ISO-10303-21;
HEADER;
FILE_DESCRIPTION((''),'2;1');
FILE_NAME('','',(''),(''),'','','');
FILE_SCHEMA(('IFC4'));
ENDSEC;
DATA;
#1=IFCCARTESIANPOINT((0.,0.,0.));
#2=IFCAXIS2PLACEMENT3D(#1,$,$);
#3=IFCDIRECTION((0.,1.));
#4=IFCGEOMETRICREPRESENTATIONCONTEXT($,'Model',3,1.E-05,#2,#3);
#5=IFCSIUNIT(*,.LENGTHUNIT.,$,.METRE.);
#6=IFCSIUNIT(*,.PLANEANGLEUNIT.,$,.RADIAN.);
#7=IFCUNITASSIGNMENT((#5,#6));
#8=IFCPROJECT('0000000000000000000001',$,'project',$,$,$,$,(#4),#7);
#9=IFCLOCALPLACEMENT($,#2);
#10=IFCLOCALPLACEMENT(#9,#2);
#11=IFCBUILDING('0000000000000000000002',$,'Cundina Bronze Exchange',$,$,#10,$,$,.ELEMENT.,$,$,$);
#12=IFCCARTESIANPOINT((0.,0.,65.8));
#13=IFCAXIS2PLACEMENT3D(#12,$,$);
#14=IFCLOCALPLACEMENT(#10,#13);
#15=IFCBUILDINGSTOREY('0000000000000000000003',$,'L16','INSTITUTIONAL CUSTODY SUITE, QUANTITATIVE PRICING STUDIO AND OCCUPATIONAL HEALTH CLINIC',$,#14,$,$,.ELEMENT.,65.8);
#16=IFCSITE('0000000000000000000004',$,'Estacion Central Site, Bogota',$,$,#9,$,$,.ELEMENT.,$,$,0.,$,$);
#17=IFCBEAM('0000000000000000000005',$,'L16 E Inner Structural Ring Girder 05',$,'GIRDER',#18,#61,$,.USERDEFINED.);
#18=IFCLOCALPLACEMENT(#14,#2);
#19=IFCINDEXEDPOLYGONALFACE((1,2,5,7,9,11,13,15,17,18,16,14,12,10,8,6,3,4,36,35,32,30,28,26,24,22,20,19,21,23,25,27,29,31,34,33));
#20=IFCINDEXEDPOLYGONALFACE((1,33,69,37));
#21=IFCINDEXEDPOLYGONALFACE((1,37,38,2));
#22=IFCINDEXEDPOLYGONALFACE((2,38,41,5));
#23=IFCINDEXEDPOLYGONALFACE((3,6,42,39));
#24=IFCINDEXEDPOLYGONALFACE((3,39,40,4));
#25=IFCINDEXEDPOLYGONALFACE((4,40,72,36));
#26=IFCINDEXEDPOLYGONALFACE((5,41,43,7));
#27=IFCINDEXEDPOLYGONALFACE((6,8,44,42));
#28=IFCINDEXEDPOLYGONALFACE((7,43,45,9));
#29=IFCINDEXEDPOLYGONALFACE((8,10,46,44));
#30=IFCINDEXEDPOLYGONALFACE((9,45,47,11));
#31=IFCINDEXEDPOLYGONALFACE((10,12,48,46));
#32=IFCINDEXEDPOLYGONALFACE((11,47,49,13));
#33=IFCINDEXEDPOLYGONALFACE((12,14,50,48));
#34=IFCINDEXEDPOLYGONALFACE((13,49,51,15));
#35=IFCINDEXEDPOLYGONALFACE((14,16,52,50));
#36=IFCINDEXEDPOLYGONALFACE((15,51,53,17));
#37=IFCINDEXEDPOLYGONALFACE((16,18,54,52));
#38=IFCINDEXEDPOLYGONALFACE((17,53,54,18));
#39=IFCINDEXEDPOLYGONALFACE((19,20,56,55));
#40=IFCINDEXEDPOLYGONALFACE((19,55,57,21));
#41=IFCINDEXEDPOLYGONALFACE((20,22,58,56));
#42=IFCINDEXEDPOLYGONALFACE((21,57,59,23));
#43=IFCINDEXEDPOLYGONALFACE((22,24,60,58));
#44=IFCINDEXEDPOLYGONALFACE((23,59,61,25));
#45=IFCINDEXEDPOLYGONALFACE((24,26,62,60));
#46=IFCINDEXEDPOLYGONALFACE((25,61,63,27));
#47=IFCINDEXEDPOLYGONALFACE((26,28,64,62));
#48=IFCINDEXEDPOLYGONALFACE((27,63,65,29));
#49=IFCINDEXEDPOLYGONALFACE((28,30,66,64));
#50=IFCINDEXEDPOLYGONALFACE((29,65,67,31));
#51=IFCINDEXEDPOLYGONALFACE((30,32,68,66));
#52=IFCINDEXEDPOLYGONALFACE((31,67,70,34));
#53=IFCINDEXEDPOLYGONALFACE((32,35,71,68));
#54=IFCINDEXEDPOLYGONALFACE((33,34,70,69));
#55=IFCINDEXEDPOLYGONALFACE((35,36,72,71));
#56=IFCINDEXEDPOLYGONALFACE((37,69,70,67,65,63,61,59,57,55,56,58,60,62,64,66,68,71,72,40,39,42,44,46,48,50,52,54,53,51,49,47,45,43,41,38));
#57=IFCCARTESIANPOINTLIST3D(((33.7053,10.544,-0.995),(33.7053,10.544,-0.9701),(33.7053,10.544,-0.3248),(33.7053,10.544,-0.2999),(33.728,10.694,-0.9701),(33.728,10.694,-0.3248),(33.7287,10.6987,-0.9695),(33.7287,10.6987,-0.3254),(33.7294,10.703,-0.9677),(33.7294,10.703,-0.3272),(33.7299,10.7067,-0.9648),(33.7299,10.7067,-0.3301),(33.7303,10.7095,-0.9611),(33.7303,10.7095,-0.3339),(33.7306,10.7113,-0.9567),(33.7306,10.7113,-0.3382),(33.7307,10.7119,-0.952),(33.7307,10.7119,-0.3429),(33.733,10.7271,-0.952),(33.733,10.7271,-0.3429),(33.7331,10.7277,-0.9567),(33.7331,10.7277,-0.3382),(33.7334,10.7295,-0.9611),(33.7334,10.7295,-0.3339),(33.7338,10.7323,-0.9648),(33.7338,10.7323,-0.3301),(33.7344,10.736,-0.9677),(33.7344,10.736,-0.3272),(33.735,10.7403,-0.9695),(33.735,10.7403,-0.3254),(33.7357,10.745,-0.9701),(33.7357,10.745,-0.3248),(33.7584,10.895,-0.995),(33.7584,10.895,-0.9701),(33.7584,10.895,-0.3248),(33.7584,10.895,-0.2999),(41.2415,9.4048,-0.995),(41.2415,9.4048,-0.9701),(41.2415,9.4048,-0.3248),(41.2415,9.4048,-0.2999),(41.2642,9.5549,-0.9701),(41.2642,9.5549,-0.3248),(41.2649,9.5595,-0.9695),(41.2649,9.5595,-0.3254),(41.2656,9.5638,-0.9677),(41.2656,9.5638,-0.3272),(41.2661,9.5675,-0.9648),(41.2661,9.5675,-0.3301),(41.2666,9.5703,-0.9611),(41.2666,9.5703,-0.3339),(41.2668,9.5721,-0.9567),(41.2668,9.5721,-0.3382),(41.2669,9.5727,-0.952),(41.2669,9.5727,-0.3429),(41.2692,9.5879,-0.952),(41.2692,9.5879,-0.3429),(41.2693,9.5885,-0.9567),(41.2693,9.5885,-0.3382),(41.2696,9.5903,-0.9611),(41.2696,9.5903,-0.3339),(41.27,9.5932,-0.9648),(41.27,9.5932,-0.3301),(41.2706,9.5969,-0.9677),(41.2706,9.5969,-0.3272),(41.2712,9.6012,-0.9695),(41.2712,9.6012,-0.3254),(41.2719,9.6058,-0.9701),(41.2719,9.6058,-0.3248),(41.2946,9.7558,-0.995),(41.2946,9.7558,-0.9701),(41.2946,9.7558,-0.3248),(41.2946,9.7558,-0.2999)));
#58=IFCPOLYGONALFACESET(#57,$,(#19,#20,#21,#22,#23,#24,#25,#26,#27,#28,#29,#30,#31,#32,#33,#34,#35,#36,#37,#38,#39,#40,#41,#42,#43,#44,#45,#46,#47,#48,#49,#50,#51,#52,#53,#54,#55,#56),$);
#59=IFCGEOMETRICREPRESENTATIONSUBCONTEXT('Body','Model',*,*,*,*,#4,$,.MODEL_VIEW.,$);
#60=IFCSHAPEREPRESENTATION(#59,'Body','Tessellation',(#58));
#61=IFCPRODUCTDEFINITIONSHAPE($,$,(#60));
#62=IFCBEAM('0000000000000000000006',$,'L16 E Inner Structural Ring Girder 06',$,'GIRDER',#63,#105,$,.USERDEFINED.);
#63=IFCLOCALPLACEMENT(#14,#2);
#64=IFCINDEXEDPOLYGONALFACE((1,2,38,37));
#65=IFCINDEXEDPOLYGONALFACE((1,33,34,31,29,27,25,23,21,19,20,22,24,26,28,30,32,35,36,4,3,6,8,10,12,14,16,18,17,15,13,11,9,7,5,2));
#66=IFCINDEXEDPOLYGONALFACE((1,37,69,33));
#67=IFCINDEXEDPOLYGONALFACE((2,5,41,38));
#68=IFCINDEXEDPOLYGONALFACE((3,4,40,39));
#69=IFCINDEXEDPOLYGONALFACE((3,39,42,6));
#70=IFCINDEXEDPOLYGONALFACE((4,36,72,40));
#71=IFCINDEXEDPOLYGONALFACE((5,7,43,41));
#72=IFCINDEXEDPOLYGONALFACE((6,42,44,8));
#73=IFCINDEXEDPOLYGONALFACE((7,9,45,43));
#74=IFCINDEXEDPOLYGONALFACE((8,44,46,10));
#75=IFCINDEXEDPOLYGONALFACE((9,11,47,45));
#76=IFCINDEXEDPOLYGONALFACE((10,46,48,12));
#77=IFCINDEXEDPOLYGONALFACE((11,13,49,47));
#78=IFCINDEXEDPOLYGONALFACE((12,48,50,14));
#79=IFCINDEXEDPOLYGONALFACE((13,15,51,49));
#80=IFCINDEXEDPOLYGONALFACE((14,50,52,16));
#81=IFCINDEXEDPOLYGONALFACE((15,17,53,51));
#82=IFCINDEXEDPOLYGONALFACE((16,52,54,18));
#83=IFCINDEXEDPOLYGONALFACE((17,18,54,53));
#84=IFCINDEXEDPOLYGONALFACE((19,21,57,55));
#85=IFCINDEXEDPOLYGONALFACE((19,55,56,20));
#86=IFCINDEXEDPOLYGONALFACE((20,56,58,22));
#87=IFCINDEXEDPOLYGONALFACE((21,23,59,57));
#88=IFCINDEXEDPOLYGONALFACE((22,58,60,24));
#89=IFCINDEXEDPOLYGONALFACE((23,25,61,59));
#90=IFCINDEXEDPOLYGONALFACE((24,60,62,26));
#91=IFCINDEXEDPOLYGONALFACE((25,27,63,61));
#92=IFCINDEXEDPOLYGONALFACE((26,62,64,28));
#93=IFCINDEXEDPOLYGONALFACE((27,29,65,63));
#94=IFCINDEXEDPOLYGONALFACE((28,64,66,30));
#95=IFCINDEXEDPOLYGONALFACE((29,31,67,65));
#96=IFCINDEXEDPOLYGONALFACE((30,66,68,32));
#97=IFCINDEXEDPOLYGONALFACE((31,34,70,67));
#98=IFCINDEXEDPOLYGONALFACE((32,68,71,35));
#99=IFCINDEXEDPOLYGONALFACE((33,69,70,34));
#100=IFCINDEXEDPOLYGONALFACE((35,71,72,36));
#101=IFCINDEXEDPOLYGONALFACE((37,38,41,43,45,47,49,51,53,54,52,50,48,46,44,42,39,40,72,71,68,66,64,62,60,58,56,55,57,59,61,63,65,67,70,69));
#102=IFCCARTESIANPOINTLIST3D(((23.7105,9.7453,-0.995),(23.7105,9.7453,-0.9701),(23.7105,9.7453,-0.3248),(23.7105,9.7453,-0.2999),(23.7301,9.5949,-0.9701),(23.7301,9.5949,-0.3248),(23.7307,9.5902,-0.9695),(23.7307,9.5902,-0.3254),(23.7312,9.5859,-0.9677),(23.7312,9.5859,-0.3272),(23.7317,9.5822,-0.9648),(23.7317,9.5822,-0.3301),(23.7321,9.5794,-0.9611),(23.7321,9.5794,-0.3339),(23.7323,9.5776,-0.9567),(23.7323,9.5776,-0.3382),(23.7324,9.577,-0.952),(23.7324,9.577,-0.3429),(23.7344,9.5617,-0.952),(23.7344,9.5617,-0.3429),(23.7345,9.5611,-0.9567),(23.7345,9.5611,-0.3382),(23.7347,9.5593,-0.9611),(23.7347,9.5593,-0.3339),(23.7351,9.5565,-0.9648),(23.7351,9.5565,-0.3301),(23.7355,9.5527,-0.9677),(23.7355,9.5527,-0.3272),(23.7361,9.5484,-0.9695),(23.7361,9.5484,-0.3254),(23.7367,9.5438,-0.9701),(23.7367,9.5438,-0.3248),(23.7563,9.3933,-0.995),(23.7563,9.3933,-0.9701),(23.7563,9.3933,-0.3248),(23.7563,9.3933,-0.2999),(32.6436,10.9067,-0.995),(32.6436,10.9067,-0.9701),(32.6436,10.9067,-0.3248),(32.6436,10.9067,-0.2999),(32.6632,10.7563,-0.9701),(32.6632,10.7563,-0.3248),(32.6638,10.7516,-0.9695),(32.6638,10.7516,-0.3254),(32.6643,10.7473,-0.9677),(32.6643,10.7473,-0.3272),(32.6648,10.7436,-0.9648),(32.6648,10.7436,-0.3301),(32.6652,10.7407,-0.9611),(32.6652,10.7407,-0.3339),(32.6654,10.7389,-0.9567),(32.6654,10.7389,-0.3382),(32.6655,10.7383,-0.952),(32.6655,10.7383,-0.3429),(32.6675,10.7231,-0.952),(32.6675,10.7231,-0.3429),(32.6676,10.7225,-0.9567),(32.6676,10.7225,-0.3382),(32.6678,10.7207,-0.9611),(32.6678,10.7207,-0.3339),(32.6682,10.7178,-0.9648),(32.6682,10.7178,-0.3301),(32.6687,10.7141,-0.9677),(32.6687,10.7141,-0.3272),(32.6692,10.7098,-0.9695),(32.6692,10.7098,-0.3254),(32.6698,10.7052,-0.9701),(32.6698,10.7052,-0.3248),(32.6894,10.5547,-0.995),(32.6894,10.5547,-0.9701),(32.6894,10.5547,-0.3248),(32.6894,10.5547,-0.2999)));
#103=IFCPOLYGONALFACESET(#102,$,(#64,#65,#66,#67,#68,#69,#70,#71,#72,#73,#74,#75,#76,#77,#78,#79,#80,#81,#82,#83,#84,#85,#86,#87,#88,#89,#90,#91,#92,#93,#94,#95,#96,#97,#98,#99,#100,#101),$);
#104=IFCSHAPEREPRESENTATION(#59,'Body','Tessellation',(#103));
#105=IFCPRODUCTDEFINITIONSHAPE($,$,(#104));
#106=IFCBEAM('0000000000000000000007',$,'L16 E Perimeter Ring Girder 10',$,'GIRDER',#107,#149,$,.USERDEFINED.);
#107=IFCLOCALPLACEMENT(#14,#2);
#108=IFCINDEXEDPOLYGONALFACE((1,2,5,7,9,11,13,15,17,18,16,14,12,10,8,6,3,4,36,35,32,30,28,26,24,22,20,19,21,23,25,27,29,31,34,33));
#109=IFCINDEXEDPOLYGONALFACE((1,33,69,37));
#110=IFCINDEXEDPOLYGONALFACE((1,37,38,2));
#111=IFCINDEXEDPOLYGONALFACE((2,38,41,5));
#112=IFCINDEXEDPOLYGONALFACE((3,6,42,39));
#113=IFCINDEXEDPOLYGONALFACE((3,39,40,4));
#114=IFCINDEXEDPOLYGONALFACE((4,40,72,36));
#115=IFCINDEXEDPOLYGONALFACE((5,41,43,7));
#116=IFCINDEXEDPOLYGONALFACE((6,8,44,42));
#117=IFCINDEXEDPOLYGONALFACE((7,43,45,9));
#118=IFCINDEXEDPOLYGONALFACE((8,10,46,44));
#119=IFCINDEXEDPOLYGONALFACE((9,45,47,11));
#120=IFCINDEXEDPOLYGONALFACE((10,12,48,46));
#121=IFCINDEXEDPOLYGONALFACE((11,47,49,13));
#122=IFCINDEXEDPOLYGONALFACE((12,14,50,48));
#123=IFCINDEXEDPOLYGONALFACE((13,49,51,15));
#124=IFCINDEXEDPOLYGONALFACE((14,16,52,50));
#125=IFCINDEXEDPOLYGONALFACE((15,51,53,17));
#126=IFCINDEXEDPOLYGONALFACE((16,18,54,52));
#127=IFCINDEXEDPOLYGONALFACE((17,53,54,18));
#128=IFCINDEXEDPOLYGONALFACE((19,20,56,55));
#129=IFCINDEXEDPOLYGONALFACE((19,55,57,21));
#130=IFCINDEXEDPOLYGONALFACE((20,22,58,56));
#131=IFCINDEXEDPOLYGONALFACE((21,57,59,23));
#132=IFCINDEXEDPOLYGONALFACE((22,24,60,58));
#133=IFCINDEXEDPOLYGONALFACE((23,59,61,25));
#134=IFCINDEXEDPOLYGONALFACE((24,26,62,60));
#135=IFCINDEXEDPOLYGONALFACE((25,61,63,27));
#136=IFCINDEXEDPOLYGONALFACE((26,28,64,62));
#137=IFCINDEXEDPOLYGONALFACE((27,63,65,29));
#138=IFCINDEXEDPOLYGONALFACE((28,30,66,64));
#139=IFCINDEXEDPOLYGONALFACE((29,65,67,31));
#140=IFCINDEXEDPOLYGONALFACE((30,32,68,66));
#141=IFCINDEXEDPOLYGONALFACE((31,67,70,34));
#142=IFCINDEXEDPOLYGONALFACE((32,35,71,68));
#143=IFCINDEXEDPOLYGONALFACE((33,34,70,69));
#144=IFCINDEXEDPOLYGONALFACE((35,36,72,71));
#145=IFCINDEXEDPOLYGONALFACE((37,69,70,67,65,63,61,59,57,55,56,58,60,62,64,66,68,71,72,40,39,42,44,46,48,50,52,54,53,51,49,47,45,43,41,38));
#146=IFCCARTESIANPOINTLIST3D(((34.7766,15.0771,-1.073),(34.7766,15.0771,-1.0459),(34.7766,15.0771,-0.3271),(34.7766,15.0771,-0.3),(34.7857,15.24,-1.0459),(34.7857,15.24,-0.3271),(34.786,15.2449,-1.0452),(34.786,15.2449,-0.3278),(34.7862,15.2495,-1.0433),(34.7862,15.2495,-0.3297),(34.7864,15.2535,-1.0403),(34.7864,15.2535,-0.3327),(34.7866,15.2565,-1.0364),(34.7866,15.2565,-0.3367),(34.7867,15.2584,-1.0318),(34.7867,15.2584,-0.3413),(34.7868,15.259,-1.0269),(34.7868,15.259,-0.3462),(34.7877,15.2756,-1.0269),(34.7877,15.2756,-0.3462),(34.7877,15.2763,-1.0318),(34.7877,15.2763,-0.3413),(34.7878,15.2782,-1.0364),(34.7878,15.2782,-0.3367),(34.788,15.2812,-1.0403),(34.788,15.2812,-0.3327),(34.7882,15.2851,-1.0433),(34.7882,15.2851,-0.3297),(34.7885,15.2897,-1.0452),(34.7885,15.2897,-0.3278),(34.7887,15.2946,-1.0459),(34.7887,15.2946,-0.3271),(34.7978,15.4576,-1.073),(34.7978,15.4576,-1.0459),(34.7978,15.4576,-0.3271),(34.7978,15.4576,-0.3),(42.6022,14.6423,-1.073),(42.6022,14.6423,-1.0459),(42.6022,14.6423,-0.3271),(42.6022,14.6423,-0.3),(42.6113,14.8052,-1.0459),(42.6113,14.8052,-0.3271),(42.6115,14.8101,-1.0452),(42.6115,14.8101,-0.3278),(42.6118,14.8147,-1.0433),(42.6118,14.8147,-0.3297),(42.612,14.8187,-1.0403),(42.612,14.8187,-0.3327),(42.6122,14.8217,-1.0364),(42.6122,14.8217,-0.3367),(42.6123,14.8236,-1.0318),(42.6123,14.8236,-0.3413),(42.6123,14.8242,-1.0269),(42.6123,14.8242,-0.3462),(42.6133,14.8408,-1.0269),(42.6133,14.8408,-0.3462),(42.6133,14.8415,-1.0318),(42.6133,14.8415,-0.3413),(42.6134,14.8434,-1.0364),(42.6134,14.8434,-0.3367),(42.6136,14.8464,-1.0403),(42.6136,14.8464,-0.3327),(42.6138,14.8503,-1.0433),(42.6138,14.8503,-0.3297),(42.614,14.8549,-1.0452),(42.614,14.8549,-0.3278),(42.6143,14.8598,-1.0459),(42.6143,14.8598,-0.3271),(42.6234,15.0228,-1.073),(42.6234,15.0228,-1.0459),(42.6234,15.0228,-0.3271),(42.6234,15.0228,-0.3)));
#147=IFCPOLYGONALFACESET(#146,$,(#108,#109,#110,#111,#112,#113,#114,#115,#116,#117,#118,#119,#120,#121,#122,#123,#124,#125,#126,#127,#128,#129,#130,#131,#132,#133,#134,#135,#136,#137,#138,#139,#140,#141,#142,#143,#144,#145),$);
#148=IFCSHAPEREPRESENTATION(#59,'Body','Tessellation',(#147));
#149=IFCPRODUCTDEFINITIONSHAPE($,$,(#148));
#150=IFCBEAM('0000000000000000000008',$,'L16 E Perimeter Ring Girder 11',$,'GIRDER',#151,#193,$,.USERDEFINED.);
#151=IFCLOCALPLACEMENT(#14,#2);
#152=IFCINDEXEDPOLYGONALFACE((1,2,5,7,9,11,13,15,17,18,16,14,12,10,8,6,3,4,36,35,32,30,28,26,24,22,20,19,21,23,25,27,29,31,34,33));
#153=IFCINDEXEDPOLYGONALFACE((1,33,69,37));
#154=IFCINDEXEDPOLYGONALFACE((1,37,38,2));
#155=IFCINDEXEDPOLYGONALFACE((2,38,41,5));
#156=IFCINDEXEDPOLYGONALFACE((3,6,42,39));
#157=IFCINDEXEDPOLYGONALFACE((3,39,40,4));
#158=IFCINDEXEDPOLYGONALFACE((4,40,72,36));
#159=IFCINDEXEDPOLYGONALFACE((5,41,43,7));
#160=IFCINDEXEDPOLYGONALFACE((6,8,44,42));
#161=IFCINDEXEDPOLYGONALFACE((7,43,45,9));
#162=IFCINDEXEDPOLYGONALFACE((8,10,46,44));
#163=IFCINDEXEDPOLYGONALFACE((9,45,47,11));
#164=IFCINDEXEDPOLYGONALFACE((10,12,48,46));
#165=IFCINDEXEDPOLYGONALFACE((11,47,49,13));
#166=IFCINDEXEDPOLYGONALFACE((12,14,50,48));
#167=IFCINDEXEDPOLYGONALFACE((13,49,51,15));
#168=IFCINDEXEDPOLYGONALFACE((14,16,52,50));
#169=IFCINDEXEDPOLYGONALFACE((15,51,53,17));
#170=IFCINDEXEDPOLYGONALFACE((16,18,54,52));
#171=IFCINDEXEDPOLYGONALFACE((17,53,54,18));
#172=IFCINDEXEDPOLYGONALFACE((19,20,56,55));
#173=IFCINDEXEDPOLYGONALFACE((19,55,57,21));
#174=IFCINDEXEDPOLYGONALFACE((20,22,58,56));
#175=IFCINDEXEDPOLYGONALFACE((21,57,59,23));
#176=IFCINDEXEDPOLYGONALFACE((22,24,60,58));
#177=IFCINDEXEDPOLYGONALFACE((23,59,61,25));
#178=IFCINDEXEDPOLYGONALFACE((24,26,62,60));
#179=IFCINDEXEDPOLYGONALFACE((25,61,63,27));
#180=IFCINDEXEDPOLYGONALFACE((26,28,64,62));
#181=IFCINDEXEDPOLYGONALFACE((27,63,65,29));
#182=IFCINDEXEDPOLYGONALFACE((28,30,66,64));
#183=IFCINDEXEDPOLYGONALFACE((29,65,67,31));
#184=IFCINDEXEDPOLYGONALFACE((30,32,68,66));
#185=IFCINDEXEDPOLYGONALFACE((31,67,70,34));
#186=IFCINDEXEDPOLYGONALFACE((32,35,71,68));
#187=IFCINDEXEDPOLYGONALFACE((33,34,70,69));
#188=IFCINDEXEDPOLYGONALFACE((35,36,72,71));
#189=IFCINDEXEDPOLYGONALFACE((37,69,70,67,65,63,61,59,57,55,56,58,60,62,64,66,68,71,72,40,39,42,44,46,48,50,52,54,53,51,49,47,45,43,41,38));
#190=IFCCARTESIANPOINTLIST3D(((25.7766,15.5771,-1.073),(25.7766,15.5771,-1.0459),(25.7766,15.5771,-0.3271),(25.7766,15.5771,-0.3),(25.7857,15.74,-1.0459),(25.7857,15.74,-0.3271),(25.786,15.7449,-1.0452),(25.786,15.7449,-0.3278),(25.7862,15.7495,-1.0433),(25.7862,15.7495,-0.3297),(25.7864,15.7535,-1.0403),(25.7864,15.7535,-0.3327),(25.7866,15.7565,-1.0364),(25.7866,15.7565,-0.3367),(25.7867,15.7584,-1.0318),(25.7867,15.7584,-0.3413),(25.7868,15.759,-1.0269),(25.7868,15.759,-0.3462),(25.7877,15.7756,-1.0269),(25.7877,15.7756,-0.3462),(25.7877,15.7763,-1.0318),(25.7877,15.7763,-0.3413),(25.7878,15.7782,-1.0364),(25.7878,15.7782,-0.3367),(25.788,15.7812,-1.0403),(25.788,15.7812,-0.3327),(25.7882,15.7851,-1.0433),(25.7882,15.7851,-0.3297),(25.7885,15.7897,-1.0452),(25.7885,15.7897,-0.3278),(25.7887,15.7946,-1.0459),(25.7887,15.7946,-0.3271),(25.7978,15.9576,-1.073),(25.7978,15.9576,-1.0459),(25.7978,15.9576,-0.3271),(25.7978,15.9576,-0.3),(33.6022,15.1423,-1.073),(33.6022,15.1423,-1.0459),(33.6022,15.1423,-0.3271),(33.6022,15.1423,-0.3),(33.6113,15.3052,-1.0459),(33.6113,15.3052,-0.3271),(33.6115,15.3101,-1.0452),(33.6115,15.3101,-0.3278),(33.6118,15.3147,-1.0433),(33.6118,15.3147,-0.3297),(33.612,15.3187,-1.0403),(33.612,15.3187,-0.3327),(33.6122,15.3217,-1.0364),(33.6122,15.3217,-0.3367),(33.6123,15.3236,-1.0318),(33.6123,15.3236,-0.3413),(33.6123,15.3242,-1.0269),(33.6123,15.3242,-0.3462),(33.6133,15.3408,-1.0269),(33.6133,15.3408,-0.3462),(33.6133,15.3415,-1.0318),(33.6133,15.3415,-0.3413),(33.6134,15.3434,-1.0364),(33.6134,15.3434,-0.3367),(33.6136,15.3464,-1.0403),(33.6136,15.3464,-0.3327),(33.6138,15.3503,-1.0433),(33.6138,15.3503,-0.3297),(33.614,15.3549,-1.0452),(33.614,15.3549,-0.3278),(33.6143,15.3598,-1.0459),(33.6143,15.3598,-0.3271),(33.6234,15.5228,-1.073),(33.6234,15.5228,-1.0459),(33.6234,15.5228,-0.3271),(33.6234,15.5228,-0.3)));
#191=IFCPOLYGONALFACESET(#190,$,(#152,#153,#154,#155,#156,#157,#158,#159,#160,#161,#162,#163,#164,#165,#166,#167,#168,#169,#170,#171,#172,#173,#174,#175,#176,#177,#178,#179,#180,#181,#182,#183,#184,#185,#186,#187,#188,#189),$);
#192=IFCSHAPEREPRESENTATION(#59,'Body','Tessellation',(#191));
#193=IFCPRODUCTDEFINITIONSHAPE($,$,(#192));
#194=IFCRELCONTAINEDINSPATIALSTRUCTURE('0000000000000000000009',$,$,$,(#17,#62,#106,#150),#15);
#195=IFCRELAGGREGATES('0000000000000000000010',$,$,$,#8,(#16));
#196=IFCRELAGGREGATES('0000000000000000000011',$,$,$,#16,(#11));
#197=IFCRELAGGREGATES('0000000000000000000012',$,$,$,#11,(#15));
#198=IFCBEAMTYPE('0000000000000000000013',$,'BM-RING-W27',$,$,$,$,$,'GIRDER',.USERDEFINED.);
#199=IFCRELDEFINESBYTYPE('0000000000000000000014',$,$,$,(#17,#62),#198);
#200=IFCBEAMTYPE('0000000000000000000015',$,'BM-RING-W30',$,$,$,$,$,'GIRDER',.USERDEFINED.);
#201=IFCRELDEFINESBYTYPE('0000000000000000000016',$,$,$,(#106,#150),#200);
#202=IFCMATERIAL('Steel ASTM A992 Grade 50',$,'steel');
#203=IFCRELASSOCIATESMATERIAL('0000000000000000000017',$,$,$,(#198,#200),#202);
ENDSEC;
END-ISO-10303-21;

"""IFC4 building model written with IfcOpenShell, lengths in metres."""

from ifc_helpers import new_model, si_unit, direction, frame, origin, origin_2d, place, context, subcontext, project, spatial, i_section, extrude, material, material_profile, profile_set, type_object, element, save


model = new_model("IFC4")

# Units and contexts
model_context = context("Model", 3, precision=1e-05, world=origin(), true_north=direction((0.0, 1.0)))
body_context = subcontext(model_context, "Body", "Model", "MODEL_VIEW")
ifc_project = project(units=[si_unit("LENGTHUNIT", "METRE"), si_unit("PLANEANGLEUNIT", "RADIAN")], contexts=[model_context])

# Site, building, storey
site_placement = place(None, origin())
site = spatial("IfcSite", under=ifc_project, at=site_placement, Name="Estacion Central Site, Bogota", CompositionType="ELEMENT", RefElevation=0.0)
building_placement = place(site_placement, origin())
building = spatial("IfcBuilding", under=site, at=building_placement, Name="Cundina Bronze Exchange", CompositionType="ELEMENT")
storey_placement = place(building_placement, frame((0.0, 0.0, 65.8)))
storey = spatial("IfcBuildingStorey", under=building, at=storey_placement, Name="L16", Description="INSTITUTIONAL CUSTODY SUITE, QUANTITATIVE PRICING STUDIO AND OCCUPATIONAL HEALTH CLINIC", CompositionType="ELEMENT", Elevation=65.8)

# Beams
ifc_material_1 = material(Name="Steel ASTM A992 Grade 50", Category="steel")
ifc_material_profile_1 = material_profile(ifc_material_1, i_section(OverallWidth=0.355, OverallDepth=0.6951, WebThickness=0.0154, FlangeThickness=0.0249, FilletRadius=0.0181, at=origin_2d()), Name="W27X146", Category="steel")
ifc_profile_set_1 = profile_set([ifc_material_profile_1], Name="Steel ASTM A992 Grade 50")
beam_type_1 = type_object("IfcBeamType", Name="BM-RING-W27", ElementType="GIRDER", PredefinedType="USERDEFINED", material=ifc_profile_set_1)
beam_1_placement = place(storey_placement, frame((41.2681, 9.5803, -0.6475), z_axis=(-0.988767, 0.149462, 0.0), x_axis=(-0.149462, -0.988767, 0.0)))
element("IfcBeam", 1, at=beam_1_placement, inside=storey, type_object=beam_type_1, Name="L16 E Inner Structural Ring Girder 05", ObjectType="GIRDER", PredefinedType="USERDEFINED", context=body_context, shape_type="SweptSolid", body=[
    extrude(i_section(OverallWidth=0.355, OverallDepth=0.6951, WebThickness=0.0154, FlangeThickness=0.0249, FilletRadius=0.0181, at=origin_2d()), origin(), (0.0, 0.0, 1.0), 7.6218),
])
beam_2_placement = place(storey_placement, frame((32.6665, 10.7307, -0.6475), z_axis=(-0.991655, -0.128923, 0.0), x_axis=(0.128923, -0.991655, 0.0)))
element("IfcBeam", 2, at=beam_2_placement, inside=storey, type_object=beam_type_1, Name="L16 E Inner Structural Ring Girder 06", ObjectType="GIRDER", PredefinedType="USERDEFINED", context=body_context, shape_type="SweptSolid", body=[
    extrude(i_section(OverallWidth=0.355, OverallDepth=0.6951, WebThickness=0.0154, FlangeThickness=0.0249, FilletRadius=0.0181, at=origin_2d()), origin(), (0.0, 0.0, 1.0), 9.0083),
])
ifc_material_profile_2 = material_profile(ifc_material_1, i_section(OverallWidth=0.3811, OverallDepth=0.7729, WebThickness=0.0166, FlangeThickness=0.0271, FilletRadius=0.019, at=origin_2d()), Name="W30X173", Category="steel")
ifc_profile_set_2 = profile_set([ifc_material_profile_2], Name="Steel ASTM A992 Grade 50")
beam_type_2 = type_object("IfcBeamType", Name="BM-RING-W30", ElementType="GIRDER", PredefinedType="USERDEFINED", material=ifc_profile_set_2)
for number, where, z_axis, x_axis, name in (
    (3, (42.6128, 14.8325, -0.6865), (-0.99846, 0.055477, 0.0), (-0.055477, -0.99846, 0.0), "L16 E Perimeter Ring Girder 10"),
    (4, (33.6128, 15.3325, -0.6865), (-0.99846, 0.055477, 0.0), (-0.055477, -0.99846, 0.0), "L16 E Perimeter Ring Girder 11"),
):
    element("IfcBeam", number, at=place(storey_placement, frame(where, z_axis=z_axis, x_axis=x_axis)), inside=storey, type_object=beam_type_2, Name=name, ObjectType="GIRDER", PredefinedType="USERDEFINED", context=body_context, shape_type="SweptSolid", body=[
        extrude(i_section(OverallWidth=0.3811, OverallDepth=0.7729, WebThickness=0.0166, FlangeThickness=0.0271, FilletRadius=0.019, at=origin_2d()), origin(), (0.0, 0.0, 1.0), 7.8376),
    ])

save(model, "model.ifc")
